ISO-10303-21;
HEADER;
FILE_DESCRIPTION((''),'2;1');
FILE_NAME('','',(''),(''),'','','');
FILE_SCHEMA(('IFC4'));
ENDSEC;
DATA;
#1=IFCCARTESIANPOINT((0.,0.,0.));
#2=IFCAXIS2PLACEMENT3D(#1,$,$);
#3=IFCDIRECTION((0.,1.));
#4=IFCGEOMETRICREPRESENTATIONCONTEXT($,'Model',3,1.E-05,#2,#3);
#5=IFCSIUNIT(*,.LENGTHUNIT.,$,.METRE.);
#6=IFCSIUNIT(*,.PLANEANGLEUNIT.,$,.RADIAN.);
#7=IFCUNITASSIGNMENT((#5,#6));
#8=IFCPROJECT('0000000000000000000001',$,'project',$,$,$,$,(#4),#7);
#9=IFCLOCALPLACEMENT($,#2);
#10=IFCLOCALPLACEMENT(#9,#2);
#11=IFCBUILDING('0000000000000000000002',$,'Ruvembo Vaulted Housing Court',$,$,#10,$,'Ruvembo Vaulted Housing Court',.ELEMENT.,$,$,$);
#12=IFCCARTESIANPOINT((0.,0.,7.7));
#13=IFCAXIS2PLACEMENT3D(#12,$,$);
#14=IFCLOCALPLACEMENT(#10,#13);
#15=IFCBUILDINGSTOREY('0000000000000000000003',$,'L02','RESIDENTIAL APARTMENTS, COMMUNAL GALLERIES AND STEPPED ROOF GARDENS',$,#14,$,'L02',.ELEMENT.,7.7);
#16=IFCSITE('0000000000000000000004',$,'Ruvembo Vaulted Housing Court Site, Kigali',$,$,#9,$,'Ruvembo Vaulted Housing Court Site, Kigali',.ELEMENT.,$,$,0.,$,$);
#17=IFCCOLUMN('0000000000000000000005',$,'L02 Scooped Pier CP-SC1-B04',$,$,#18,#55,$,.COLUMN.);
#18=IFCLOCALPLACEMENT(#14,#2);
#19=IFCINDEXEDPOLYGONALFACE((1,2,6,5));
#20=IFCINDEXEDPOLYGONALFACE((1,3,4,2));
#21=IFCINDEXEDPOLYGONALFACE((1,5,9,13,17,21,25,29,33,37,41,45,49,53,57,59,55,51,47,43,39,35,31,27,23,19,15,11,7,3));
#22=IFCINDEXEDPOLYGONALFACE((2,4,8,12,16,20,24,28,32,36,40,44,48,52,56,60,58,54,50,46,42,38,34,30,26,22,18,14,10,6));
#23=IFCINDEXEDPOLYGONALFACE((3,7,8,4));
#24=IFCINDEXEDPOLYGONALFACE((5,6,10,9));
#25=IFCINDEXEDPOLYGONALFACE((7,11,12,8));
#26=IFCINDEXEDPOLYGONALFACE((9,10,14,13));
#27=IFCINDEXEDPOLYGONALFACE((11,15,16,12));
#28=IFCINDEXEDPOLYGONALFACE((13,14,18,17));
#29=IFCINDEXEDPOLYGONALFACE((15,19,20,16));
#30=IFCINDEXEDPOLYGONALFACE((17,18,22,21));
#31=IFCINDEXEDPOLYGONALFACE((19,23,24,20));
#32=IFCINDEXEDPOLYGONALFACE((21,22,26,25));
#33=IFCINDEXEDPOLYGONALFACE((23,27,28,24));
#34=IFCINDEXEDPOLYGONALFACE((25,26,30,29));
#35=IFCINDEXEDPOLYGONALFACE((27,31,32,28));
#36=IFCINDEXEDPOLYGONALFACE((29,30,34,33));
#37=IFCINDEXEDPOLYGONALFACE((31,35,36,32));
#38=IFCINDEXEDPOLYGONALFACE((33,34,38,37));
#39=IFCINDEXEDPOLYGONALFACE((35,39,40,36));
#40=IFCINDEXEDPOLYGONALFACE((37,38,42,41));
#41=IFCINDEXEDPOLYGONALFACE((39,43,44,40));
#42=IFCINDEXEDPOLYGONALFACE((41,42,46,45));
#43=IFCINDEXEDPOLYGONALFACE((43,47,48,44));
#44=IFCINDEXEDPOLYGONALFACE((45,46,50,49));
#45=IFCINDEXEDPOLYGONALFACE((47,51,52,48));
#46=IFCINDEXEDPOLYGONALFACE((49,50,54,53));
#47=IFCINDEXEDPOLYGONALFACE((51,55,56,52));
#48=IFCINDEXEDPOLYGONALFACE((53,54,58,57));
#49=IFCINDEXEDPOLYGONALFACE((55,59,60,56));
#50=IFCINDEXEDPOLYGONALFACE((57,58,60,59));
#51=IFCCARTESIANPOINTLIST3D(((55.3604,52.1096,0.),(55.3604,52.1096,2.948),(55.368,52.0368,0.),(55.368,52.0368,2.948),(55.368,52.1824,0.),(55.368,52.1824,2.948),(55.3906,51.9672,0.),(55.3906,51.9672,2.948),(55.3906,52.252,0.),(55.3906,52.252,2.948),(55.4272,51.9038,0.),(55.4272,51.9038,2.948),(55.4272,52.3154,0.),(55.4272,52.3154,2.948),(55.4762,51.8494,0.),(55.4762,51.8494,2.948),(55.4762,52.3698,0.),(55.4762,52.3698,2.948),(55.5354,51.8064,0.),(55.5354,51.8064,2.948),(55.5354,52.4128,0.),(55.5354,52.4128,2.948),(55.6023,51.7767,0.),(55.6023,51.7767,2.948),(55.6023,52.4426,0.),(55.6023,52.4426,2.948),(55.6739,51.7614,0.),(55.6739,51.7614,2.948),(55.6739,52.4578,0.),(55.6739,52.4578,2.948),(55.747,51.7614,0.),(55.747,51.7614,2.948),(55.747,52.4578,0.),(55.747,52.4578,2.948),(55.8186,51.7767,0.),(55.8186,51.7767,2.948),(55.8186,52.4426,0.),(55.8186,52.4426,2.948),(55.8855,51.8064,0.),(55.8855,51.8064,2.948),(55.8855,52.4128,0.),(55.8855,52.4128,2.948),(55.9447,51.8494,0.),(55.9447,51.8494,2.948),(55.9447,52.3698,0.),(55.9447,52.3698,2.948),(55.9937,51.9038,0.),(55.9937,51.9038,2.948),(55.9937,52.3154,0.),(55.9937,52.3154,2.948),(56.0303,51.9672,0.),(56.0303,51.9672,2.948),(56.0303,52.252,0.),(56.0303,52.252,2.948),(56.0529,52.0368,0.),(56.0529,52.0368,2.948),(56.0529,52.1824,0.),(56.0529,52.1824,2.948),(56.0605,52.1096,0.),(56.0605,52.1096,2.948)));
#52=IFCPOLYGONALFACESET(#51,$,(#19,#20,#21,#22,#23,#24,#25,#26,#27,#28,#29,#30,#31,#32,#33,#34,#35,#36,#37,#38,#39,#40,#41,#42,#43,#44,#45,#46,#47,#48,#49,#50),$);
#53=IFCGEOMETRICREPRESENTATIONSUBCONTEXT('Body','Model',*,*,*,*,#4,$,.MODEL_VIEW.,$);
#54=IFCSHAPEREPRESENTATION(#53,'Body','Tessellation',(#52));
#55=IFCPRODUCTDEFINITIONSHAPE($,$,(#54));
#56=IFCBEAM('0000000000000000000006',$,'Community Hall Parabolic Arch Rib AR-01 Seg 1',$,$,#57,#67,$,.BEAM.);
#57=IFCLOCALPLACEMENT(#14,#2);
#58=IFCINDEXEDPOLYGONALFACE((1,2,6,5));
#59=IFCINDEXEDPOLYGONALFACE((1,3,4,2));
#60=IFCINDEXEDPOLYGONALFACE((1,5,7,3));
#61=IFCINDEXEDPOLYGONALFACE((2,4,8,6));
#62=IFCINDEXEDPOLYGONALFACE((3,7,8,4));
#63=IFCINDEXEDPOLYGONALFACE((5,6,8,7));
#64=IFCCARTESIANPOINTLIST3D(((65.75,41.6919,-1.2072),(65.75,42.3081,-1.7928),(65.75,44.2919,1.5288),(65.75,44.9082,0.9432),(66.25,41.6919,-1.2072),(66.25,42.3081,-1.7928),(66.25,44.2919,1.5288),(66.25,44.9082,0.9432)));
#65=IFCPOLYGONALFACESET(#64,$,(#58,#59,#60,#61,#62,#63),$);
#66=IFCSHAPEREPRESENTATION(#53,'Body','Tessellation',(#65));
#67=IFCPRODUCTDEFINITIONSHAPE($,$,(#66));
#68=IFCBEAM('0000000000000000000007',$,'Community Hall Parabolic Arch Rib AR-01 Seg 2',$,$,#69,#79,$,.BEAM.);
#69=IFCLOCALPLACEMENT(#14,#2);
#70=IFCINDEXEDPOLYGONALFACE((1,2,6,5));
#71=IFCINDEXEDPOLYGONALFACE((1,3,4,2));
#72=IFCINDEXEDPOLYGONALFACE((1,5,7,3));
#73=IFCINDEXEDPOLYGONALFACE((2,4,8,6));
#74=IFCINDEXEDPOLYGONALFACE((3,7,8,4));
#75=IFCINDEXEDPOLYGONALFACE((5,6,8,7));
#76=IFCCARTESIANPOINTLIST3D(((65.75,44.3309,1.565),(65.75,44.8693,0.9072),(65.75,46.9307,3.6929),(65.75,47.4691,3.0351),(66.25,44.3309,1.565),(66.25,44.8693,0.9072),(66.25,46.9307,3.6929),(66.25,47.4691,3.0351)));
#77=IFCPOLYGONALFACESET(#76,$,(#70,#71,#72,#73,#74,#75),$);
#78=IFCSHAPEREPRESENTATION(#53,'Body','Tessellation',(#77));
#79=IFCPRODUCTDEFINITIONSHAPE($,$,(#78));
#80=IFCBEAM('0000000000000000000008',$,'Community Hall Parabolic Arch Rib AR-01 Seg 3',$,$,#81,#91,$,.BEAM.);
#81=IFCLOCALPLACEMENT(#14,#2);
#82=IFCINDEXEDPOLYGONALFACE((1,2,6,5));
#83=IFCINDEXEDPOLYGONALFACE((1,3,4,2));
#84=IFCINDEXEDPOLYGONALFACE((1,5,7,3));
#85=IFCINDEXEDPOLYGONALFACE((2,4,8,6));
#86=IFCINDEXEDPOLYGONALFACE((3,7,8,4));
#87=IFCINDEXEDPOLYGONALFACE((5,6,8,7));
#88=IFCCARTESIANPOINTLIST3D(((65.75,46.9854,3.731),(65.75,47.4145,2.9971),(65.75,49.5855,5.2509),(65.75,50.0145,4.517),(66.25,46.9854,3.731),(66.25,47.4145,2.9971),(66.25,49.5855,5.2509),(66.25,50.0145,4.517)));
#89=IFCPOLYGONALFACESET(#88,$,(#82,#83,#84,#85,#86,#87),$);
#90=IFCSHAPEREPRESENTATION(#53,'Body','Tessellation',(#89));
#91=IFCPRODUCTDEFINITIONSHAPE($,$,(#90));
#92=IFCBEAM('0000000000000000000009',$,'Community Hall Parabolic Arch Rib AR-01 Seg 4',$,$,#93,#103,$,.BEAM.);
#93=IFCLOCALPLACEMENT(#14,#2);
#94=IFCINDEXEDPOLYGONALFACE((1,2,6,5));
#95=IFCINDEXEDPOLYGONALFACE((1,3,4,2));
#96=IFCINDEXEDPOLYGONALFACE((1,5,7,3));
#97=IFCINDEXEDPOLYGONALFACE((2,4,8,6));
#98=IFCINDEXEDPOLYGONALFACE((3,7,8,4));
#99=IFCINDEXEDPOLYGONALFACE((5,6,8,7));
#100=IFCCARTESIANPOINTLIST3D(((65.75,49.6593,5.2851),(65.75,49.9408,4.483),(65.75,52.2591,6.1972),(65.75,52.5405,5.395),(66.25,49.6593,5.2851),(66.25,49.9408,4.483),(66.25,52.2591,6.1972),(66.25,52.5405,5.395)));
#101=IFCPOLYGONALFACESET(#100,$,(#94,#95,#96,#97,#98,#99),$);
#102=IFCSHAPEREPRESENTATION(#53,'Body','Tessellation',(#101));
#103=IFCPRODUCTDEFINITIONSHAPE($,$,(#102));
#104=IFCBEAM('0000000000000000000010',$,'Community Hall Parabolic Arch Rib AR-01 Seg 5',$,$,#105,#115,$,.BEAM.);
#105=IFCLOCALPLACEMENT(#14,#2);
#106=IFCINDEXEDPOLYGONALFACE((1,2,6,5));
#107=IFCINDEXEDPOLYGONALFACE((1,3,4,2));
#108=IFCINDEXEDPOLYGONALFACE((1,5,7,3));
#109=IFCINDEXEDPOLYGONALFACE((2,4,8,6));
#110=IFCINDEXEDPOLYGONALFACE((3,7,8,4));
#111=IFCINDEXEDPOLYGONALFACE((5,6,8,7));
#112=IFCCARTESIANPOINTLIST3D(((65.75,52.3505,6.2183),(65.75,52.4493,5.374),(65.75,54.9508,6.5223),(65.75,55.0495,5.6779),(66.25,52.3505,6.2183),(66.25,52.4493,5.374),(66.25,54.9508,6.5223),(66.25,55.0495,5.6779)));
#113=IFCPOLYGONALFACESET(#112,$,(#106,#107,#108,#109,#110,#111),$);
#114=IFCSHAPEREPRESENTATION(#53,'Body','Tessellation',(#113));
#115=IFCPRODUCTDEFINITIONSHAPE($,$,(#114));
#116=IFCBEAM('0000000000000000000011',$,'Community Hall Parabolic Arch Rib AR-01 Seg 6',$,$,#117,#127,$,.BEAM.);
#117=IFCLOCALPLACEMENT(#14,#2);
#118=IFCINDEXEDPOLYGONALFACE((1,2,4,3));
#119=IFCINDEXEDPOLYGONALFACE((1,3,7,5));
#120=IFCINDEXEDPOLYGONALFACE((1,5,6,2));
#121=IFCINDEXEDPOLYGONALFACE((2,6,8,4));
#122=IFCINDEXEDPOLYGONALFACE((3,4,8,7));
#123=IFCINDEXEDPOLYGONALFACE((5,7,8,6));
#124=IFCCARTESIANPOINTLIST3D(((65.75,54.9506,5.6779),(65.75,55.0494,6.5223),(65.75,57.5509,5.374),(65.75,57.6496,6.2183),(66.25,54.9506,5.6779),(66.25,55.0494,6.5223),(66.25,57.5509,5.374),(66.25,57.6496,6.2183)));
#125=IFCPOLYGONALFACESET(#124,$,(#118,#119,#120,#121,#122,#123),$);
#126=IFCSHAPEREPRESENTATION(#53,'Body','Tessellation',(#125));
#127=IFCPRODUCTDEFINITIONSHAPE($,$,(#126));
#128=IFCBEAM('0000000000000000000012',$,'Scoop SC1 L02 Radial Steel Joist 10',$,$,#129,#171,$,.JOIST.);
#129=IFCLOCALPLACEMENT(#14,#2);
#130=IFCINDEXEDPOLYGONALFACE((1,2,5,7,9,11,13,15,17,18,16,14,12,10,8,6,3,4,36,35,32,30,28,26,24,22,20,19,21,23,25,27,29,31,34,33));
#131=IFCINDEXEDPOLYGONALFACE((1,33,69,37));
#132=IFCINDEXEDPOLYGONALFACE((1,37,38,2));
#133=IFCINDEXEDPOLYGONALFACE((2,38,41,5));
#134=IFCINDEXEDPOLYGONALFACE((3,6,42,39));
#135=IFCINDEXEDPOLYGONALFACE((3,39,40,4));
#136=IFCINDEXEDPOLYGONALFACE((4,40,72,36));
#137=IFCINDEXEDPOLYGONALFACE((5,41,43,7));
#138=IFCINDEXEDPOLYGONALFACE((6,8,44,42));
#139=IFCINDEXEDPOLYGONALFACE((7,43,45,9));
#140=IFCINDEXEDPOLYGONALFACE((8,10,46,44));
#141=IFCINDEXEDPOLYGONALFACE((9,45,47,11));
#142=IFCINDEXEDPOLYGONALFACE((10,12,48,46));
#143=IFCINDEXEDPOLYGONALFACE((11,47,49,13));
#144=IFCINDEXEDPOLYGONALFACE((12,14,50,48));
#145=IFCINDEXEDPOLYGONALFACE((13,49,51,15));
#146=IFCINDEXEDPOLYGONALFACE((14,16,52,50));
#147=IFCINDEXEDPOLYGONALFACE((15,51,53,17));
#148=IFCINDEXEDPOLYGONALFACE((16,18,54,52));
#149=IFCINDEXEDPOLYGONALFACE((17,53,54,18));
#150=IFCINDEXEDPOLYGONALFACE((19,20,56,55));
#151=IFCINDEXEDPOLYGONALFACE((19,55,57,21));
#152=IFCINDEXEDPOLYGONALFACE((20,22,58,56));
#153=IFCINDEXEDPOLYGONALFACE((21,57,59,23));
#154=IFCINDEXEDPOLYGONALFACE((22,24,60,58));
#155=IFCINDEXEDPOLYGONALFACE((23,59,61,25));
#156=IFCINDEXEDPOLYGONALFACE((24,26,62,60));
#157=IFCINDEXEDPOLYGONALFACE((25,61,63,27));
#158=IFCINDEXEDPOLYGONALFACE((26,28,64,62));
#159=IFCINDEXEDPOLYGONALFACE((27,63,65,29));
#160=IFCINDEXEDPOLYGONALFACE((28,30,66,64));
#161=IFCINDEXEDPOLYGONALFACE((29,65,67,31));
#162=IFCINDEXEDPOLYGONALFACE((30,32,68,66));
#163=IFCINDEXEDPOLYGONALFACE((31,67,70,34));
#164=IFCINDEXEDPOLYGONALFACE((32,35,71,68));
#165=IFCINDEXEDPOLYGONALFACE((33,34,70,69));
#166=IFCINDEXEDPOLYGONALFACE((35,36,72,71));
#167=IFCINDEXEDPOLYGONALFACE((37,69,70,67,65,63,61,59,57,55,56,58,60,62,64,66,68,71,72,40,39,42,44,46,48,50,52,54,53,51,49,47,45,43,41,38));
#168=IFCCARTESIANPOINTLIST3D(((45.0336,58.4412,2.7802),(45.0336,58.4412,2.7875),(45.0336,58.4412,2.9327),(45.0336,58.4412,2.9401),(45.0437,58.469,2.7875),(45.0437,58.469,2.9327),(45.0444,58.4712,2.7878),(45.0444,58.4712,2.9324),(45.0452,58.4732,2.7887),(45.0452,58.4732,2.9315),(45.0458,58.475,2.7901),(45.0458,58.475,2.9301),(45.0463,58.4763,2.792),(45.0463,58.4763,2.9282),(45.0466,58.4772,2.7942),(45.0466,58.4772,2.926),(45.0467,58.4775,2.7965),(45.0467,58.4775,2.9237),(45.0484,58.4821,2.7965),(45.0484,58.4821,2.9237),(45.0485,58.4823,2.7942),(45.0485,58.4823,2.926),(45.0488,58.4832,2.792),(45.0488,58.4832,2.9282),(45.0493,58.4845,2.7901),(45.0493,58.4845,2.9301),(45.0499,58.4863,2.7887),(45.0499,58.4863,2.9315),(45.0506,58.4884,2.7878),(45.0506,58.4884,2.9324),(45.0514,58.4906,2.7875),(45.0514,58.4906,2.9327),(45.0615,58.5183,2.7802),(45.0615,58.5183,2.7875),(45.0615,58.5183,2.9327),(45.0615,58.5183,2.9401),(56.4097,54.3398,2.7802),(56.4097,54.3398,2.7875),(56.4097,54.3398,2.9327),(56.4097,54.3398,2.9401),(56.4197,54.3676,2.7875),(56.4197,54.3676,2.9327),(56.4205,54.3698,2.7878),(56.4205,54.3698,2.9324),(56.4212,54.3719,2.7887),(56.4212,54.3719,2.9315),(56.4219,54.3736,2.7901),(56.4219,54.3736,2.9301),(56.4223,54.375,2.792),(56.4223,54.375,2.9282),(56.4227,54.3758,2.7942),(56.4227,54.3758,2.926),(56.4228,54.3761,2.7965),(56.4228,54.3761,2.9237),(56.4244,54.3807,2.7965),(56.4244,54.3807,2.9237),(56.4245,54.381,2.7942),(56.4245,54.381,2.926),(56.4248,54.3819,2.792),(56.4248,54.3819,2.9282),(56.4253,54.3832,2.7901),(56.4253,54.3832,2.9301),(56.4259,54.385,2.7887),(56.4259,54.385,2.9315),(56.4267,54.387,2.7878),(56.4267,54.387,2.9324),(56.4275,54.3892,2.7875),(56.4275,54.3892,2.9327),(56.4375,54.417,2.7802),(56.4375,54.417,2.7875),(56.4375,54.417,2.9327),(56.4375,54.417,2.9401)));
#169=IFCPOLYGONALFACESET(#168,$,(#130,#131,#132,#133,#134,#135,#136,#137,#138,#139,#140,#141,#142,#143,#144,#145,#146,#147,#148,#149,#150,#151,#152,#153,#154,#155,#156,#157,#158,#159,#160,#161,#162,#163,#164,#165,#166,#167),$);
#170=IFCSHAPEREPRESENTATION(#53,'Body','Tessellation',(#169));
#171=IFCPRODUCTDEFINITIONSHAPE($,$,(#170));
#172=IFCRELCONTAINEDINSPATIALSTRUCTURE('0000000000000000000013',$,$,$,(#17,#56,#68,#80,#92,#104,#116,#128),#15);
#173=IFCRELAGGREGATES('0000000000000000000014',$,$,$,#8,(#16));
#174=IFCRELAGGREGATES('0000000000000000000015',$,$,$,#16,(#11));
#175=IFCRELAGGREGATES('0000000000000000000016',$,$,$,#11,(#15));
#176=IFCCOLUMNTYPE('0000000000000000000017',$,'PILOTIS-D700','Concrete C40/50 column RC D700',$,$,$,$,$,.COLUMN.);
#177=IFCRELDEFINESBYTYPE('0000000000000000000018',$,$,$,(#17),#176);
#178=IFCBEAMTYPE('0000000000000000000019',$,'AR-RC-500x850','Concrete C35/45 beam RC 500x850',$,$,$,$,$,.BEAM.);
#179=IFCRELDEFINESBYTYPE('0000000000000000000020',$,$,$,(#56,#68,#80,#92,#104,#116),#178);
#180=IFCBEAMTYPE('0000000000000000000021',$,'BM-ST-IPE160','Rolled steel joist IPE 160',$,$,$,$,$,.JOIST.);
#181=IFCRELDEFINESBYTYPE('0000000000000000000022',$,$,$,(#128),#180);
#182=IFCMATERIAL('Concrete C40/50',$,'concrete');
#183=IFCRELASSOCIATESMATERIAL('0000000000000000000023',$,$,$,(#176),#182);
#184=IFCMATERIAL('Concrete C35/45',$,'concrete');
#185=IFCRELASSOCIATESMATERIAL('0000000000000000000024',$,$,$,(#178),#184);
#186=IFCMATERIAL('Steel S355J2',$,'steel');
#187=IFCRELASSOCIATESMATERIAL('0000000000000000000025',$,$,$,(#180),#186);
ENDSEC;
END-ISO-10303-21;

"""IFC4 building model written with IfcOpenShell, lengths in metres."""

from ifc_helpers import new_model, si_unit, direction, frame, origin, origin_2d, place, context, subcontext, project, spatial, rectangle, circle, i_section, extrude, material, material_profile, profile_set, type_object, element, save


model = new_model("IFC4")

# Units and contexts
model_context = context("Model", 3, precision=1e-05, world=origin(), true_north=direction((0.0, 1.0)))
body_context = subcontext(model_context, "Body", "Model", "MODEL_VIEW")
ifc_project = project(units=[si_unit("LENGTHUNIT", "METRE"), si_unit("PLANEANGLEUNIT", "RADIAN")], contexts=[model_context])

# Site, building, storey
site_placement = place(None, origin())
site = spatial("IfcSite", under=ifc_project, at=site_placement, Name="Ruvembo Vaulted Housing Court Site, Kigali", LongName="Ruvembo Vaulted Housing Court Site, Kigali", CompositionType="ELEMENT", RefElevation=0.0)
building_placement = place(site_placement, origin())
building = spatial("IfcBuilding", under=site, at=building_placement, Name="Ruvembo Vaulted Housing Court", LongName="Ruvembo Vaulted Housing Court", CompositionType="ELEMENT")
storey_placement = place(building_placement, frame((0.0, 0.0, 7.7)))
storey = spatial("IfcBuildingStorey", under=building, at=storey_placement, Name="L02", Description="RESIDENTIAL APARTMENTS, COMMUNAL GALLERIES AND STEPPED ROOF GARDENS", LongName="L02", CompositionType="ELEMENT", Elevation=7.7)

# Column
ifc_material_1 = material(Name="Concrete C40/50", Category="concrete")
ifc_material_profile_1 = material_profile(ifc_material_1, circle(Radius=0.3501, at=origin_2d()), Name="RC D700")
ifc_profile_set_1 = profile_set([ifc_material_profile_1], Name="Concrete C40/50")
column_type = type_object("IfcColumnType", Name="PILOTIS-D700", Description="Concrete C40/50 column RC D700", PredefinedType="COLUMN", material=ifc_profile_set_1)
column_placement = place(storey_placement, frame((55.7104, 52.1096, 0.0), z_axis=(0.0, 0.0, 1.0), x_axis=(1.0, 0.0, 0.0)))
element("IfcColumn", 1, at=column_placement, inside=storey, type_object=column_type, Name="L02 Scooped Pier CP-SC1-B04", PredefinedType="COLUMN", context=body_context, shape_type="SweptSolid", body=[
    extrude(circle(Radius=0.3501, at=origin_2d()), origin(), (0.0, 0.0, 1.0), 2.948),
])

# Beams
ifc_material_2 = material(Name="Concrete C35/45", Category="concrete")
ifc_material_profile_2 = material_profile(ifc_material_2, rectangle(XDim=0.5, YDim=0.8501, at=origin_2d()), Name="RC 500x850")
ifc_profile_set_2 = profile_set([ifc_material_profile_2], Name="Concrete C35/45")
beam_type_1 = type_object("IfcBeamType", Name="AR-RC-500x850", Description="Concrete C35/45 beam RC 500x850", PredefinedType="BEAM", material=ifc_profile_set_2)
beam_1_placement = place(storey_placement, frame((66.0, 42.0, -1.5), z_axis=(0.0, 0.688863, 0.724891), x_axis=(-1.0, 0.0, 0.0)))
element("IfcBeam", 2, at=beam_1_placement, inside=storey, type_object=beam_type_1, Name="Community Hall Parabolic Arch Rib AR-01 Seg 1", PredefinedType="BEAM", context=body_context, shape_type="SweptSolid", body=[
    extrude(rectangle(XDim=0.5, YDim=0.8501, at=origin_2d()), origin(), (0.0, 0.0, 1.0), 3.7744),
])
beam_2_placement = place(storey_placement, frame((66.0, 44.6001, 1.2361), z_axis=(0.0, 0.773844, 0.633376), x_axis=(-1.0, 0.0, 0.0)))
element("IfcBeam", 3, at=beam_2_placement, inside=storey, type_object=beam_type_1, Name="Community Hall Parabolic Arch Rib AR-01 Seg 2", PredefinedType="BEAM", context=body_context, shape_type="SweptSolid", body=[
    extrude(rectangle(XDim=0.5, YDim=0.8501, at=origin_2d()), origin(), (0.0, 0.0, 1.0), 3.3596),
])
beam_3_placement = place(storey_placement, frame((66.0, 47.2, 3.364), z_axis=(0.0, 0.863302, 0.504687), x_axis=(-1.0, 0.0, 0.0)))
element("IfcBeam", 4, at=beam_3_placement, inside=storey, type_object=beam_type_1, Name="Community Hall Parabolic Arch Rib AR-01 Seg 3", PredefinedType="BEAM", context=body_context, shape_type="SweptSolid", body=[
    extrude(rectangle(XDim=0.5, YDim=0.8501, at=origin_2d()), origin(), (0.0, 0.0, 1.0), 3.0117),
])
beam_4_placement = place(storey_placement, frame((66.0, 49.8, 4.884), z_axis=(0.0, 0.943614, 0.331049), x_axis=(-1.0, 0.0, 0.0)))
element("IfcBeam", 5, at=beam_4_placement, inside=storey, type_object=beam_type_1, Name="Community Hall Parabolic Arch Rib AR-01 Seg 4", PredefinedType="BEAM", context=body_context, shape_type="SweptSolid", body=[
    extrude(rectangle(XDim=0.5, YDim=0.8501, at=origin_2d()), origin(), (0.0, 0.0, 1.0), 2.7551),
])
for number, where, z_axis, x_axis, name in (
    (6, (66.0, 52.3999, 5.7961), (0.0, 0.993236, 0.116111), (-1.0, 0.0, 0.0), "Community Hall Parabolic Arch Rib AR-01 Seg 5"),
    (7, (66.0, 55.0, 6.1001), (0.0, 0.993236, -0.116111), (-1.0, 0.0, 0.0), "Community Hall Parabolic Arch Rib AR-01 Seg 6"),
):
    element("IfcBeam", number, at=place(storey_placement, frame(where, z_axis=z_axis, x_axis=x_axis)), inside=storey, type_object=beam_type_1, Name=name, PredefinedType="BEAM", context=body_context, shape_type="SweptSolid", body=[
        extrude(rectangle(XDim=0.5, YDim=0.8501, at=origin_2d()), origin(), (0.0, 0.0, 1.0), 2.6179),
    ])
ifc_material_3 = material(Name="Steel S355J2", Category="steel")
ifc_material_profile_3 = material_profile(ifc_material_3, i_section(OverallWidth=0.082, OverallDepth=0.1599, WebThickness=0.0049, FlangeThickness=0.0073, FilletRadius=0.009, at=origin_2d()), Name="IPE 160")
ifc_profile_set_3 = profile_set([ifc_material_profile_3], Name="Steel S355J2")
beam_type_2 = type_object("IfcBeamType", Name="BM-ST-IPE160", Description="Rolled steel joist IPE 160", PredefinedType="JOIST", material=ifc_profile_set_3)
beam_5_placement = place(storey_placement, frame((56.4236, 54.3784, 2.8601), z_axis=(-0.94073, 0.339156, 0.0), x_axis=(-0.339156, -0.94073, 0.0)))
element("IfcBeam", 8, at=beam_5_placement, inside=storey, type_object=beam_type_2, Name="Scoop SC1 L02 Radial Steel Joist 10", PredefinedType="JOIST", context=body_context, shape_type="SweptSolid", body=[
    extrude(i_section(OverallWidth=0.082, OverallDepth=0.1599, WebThickness=0.0049, FlangeThickness=0.0073, FilletRadius=0.009, at=origin_2d()), origin(), (0.0, 0.0, 1.0), 12.0928),
])

save(model, "model.ifc")
